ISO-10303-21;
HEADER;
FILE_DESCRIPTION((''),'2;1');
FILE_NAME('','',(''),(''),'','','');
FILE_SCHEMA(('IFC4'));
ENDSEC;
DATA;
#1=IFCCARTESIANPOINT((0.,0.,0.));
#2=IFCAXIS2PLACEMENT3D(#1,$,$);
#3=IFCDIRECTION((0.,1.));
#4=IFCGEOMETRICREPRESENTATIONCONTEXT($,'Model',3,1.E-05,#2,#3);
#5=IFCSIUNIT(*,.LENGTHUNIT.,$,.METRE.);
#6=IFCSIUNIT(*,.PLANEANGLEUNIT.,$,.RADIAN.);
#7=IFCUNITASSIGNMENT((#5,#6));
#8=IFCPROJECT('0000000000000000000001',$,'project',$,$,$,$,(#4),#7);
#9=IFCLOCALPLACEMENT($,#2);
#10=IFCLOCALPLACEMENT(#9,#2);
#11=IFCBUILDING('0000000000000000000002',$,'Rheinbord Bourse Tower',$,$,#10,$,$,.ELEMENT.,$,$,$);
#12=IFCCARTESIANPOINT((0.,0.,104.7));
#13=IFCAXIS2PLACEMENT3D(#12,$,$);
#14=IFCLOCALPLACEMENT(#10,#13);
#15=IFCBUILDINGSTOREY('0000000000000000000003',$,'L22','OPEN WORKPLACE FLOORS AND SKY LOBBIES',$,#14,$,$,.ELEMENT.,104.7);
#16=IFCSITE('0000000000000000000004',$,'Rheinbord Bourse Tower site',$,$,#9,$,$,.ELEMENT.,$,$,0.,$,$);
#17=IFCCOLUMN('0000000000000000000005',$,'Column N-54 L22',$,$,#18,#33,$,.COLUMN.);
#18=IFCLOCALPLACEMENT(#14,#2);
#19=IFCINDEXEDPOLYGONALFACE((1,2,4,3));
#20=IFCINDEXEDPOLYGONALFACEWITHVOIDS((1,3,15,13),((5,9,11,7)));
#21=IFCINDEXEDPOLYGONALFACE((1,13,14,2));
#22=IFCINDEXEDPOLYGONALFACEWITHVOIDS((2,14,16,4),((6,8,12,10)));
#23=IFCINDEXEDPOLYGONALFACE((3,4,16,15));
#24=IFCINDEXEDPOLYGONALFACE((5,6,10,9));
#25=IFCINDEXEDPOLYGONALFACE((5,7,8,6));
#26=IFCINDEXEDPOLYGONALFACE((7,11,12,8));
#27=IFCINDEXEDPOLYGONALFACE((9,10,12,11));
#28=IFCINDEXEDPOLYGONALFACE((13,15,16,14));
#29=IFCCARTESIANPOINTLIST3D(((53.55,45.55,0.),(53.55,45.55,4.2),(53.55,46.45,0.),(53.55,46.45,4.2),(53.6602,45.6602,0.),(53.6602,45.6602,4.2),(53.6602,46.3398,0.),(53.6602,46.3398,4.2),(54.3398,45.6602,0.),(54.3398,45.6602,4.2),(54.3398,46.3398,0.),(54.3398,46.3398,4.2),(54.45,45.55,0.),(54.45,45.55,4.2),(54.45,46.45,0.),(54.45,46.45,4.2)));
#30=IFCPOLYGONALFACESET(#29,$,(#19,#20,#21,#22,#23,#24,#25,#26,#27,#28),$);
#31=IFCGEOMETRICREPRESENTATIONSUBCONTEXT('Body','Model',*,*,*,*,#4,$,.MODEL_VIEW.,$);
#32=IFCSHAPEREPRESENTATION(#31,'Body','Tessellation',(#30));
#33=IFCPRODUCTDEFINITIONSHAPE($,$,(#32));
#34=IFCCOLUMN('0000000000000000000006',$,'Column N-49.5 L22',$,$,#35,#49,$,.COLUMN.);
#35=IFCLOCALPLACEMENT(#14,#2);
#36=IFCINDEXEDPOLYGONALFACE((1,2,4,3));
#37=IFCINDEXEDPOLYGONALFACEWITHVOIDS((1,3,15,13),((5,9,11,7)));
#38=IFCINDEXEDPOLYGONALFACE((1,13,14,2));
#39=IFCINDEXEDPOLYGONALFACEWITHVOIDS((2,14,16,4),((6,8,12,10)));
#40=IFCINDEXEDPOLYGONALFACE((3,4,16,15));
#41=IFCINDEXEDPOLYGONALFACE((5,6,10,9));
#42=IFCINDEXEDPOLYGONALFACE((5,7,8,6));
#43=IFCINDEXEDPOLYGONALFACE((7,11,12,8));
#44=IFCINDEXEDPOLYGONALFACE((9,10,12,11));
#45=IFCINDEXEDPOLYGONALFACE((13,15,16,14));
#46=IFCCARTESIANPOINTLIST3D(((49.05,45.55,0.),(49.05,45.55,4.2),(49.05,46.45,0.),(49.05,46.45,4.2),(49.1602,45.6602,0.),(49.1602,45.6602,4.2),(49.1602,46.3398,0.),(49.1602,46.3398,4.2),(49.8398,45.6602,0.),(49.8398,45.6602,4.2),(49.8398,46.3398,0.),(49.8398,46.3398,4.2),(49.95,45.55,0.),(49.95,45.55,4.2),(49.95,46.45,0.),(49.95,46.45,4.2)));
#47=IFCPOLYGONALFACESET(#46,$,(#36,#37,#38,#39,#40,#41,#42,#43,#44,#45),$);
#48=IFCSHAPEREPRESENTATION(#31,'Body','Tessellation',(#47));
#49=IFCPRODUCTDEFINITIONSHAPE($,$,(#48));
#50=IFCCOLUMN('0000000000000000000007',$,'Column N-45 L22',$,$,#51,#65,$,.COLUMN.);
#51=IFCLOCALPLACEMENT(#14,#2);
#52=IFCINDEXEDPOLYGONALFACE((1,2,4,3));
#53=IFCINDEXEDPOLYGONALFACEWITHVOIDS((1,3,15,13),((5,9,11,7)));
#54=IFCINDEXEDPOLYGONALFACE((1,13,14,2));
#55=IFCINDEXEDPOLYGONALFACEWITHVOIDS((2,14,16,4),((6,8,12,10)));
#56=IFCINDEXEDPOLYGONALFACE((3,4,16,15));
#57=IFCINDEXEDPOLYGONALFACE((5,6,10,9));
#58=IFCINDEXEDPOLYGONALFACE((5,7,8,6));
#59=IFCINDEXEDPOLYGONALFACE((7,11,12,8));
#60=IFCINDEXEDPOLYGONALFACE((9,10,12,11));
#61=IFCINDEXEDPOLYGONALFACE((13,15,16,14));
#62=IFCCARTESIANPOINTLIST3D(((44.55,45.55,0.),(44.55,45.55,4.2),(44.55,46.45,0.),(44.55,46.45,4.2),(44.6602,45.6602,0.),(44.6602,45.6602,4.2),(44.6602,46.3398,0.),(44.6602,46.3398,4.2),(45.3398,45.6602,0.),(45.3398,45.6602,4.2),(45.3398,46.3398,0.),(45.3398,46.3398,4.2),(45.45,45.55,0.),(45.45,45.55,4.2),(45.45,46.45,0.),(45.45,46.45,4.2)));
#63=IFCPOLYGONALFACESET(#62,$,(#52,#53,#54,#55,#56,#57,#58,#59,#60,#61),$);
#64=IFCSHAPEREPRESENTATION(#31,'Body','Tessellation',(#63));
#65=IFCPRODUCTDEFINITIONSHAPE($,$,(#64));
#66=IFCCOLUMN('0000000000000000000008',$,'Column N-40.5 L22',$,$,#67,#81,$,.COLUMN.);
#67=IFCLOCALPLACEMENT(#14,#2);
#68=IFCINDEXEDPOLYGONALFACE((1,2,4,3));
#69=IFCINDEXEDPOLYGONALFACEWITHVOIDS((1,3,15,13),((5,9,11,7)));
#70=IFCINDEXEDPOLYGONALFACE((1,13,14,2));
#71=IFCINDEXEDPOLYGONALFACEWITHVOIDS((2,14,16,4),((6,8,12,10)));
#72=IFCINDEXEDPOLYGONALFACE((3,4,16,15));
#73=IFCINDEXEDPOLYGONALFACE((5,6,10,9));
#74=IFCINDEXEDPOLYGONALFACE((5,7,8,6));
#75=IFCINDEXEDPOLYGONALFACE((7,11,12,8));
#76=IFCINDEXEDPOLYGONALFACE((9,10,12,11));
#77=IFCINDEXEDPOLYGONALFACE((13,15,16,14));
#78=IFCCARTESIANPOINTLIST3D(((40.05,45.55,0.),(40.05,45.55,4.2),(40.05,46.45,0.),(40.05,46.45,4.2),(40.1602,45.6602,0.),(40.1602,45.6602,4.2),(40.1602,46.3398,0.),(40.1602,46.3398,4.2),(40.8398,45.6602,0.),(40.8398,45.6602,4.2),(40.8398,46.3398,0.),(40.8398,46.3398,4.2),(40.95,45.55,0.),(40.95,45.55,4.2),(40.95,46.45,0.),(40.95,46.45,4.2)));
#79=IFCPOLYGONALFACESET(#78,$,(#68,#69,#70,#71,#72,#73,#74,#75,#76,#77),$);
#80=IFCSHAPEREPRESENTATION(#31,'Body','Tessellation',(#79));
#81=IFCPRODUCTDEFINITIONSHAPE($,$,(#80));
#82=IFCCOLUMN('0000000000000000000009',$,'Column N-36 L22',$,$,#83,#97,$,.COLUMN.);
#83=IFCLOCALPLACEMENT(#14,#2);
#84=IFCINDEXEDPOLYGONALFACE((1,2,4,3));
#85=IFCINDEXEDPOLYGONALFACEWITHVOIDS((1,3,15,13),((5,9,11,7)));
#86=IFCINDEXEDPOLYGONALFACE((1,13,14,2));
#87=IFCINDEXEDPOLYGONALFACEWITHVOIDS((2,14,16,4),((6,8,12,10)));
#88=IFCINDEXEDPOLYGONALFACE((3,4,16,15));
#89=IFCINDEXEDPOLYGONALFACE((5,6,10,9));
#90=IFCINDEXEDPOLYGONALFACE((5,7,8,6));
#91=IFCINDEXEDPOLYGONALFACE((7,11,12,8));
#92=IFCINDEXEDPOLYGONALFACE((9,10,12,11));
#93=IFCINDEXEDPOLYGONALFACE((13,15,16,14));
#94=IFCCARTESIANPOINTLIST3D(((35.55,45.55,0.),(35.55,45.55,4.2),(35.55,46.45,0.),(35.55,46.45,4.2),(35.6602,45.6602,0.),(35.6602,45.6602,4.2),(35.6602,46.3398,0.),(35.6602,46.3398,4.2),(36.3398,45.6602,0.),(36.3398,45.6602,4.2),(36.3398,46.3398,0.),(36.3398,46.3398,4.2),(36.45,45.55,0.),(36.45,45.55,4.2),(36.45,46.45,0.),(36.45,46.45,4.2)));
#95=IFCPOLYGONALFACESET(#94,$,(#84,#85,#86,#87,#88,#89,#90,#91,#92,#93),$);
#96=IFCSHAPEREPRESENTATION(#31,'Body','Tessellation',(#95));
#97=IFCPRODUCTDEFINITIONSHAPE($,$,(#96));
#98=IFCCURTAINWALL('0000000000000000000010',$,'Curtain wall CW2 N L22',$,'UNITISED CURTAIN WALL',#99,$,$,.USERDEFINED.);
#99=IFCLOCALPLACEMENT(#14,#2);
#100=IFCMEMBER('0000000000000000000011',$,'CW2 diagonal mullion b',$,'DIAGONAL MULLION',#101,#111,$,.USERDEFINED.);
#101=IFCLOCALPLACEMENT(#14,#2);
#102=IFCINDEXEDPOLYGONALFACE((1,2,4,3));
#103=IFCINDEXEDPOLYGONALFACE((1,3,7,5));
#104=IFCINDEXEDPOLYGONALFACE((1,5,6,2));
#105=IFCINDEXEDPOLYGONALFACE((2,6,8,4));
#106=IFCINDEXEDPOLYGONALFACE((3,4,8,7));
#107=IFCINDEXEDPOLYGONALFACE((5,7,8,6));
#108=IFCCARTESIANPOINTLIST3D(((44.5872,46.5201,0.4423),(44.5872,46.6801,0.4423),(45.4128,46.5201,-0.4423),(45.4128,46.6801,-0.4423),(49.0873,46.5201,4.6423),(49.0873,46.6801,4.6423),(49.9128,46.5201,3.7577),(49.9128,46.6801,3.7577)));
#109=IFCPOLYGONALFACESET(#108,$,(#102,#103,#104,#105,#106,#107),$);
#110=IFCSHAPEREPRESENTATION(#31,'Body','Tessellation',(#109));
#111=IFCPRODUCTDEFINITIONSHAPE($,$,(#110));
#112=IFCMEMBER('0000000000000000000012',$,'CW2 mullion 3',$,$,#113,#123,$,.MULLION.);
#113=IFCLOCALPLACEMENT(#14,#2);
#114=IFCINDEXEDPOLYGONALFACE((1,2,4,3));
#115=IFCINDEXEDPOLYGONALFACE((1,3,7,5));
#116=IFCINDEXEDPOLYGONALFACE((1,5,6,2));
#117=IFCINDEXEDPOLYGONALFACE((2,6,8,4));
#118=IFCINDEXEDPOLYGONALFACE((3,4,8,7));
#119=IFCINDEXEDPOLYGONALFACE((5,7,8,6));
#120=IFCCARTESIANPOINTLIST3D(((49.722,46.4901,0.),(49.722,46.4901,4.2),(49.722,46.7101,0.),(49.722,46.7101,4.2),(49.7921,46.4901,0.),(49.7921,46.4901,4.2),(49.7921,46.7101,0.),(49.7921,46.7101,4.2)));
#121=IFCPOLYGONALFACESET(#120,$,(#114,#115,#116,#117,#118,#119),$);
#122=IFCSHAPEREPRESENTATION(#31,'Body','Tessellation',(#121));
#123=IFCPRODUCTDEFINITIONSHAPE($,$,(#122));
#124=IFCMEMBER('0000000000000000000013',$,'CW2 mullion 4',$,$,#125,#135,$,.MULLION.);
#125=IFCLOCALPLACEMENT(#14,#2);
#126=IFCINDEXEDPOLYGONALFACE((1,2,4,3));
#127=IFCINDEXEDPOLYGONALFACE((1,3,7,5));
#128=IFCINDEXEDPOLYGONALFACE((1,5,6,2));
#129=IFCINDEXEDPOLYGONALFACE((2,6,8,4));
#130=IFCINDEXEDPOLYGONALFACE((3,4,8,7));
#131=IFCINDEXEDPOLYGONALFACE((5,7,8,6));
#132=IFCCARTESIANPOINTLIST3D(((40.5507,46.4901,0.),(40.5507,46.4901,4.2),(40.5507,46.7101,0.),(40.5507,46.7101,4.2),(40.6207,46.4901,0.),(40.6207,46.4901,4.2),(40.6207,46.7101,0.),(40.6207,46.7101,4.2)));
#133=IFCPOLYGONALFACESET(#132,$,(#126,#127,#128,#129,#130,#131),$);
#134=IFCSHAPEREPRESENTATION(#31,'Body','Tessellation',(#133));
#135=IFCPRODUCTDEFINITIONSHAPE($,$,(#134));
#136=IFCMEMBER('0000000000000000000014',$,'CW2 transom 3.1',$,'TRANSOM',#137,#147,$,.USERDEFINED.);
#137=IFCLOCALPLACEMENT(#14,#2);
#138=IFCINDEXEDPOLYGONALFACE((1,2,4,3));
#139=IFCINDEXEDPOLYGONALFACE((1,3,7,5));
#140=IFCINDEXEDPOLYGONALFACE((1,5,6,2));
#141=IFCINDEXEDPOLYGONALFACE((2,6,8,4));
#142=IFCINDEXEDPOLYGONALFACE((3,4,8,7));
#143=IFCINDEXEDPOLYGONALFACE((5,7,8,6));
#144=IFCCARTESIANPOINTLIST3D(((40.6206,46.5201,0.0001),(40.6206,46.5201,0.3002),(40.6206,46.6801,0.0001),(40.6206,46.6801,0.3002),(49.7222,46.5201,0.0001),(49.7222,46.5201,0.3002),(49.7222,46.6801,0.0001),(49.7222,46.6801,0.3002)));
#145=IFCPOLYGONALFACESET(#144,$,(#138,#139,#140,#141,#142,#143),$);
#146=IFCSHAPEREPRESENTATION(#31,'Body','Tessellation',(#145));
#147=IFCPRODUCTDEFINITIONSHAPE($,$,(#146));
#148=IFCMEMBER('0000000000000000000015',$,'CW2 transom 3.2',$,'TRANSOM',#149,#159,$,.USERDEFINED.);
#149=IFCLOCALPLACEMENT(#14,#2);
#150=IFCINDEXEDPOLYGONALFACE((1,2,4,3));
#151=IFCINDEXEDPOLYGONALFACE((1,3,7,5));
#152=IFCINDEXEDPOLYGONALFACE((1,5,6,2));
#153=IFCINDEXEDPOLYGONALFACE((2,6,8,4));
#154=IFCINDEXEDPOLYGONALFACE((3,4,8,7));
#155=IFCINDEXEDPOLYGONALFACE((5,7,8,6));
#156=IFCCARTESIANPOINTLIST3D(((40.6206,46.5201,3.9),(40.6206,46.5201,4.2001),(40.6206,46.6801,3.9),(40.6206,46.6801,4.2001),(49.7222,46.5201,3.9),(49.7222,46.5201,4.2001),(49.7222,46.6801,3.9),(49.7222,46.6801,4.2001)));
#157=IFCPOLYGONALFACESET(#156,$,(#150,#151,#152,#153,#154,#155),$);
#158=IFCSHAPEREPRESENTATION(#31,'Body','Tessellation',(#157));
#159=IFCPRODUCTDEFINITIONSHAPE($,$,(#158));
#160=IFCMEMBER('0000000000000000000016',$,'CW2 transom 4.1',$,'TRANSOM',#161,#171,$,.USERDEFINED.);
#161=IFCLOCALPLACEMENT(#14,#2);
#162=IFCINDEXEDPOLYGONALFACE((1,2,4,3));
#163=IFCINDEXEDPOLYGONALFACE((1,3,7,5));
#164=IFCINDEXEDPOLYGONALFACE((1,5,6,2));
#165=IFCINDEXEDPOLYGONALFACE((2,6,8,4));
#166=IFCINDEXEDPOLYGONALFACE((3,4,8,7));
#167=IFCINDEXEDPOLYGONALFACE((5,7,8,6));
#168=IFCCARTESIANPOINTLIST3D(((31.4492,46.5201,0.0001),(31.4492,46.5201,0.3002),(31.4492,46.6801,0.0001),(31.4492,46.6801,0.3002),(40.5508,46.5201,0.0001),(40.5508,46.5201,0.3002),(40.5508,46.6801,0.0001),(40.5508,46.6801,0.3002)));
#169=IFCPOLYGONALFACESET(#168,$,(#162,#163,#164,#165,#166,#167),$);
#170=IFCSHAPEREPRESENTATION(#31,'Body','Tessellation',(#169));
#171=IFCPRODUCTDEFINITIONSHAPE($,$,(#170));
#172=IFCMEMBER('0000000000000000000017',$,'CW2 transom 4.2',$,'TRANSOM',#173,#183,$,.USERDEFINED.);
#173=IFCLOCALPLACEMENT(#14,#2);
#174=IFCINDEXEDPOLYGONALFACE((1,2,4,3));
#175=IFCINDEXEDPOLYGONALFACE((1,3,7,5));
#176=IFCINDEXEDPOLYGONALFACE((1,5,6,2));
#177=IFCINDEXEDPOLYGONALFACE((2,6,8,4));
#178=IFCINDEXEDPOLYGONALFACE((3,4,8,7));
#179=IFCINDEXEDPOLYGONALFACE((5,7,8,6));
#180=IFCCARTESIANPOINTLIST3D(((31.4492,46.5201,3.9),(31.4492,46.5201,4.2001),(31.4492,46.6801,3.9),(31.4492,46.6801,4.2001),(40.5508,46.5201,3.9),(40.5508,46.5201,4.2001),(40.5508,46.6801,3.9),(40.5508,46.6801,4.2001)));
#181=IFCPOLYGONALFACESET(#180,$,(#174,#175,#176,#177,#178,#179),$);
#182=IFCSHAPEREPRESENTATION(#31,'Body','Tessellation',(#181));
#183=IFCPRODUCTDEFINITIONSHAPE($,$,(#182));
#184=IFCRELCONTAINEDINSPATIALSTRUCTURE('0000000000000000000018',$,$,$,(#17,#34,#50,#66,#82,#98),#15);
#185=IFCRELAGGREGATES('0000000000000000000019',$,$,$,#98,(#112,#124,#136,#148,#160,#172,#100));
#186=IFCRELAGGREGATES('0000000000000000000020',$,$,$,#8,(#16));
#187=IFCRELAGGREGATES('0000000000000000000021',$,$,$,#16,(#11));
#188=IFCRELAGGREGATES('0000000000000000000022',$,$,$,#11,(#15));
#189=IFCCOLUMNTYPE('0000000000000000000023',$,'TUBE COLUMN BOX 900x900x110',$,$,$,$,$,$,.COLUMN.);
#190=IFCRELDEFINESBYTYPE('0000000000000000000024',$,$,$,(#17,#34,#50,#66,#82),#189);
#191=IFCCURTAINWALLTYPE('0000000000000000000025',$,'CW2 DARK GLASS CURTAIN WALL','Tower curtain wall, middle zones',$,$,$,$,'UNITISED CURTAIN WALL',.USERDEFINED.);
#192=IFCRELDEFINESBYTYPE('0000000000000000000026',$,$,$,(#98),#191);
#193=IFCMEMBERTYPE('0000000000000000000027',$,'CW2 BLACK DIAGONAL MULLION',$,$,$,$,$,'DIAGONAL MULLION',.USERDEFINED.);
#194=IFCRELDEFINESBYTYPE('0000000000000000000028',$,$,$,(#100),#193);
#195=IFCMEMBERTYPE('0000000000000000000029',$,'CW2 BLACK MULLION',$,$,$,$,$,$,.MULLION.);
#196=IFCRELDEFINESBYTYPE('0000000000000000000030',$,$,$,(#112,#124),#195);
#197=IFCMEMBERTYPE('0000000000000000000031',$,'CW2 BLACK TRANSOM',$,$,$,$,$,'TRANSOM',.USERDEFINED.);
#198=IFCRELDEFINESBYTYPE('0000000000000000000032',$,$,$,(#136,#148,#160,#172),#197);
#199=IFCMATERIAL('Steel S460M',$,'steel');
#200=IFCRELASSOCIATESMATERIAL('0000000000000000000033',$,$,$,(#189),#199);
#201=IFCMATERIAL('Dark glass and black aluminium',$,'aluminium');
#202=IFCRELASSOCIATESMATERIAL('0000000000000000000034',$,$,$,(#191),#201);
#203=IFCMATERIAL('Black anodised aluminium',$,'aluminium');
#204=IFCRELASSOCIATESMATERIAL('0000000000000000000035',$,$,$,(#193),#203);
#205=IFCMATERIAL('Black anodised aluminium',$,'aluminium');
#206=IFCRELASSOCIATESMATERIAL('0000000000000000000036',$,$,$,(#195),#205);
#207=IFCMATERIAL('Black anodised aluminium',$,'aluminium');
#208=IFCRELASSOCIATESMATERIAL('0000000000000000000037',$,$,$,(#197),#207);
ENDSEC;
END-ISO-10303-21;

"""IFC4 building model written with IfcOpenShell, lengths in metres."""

from ifc_helpers import new_model, si_unit, direction, frame, origin, origin_2d, place, context, subcontext, project, spatial, rectangle, hollow_rectangle, extrude, material, material_profile, profile_set, type_object, element, aggregate, save


model = new_model("IFC4")

# Units and contexts
model_context = context("Model", 3, precision=1e-05, world=origin(), true_north=direction((0.0, 1.0)))
body_context = subcontext(model_context, "Body", "Model", "MODEL_VIEW")
ifc_project = project(units=[si_unit("LENGTHUNIT", "METRE"), si_unit("PLANEANGLEUNIT", "RADIAN")], contexts=[model_context])

# Site, building, storey
site_placement = place(None, origin())
site = spatial("IfcSite", under=ifc_project, at=site_placement, Name="Rheinbord Bourse Tower site", CompositionType="ELEMENT", RefElevation=0.0)
building_placement = place(site_placement, origin())
building = spatial("IfcBuilding", under=site, at=building_placement, Name="Rheinbord Bourse Tower", CompositionType="ELEMENT")
storey_placement = place(building_placement, frame((0.0, 0.0, 104.7)))
storey = spatial("IfcBuildingStorey", under=building, at=storey_placement, Name="L22", Description="OPEN WORKPLACE FLOORS AND SKY LOBBIES", CompositionType="ELEMENT", Elevation=104.7)

# Columns
ifc_material_1 = material(Name="Steel S460M", Category="steel")
ifc_material_profile_1 = material_profile(ifc_material_1, hollow_rectangle(XDim=0.8999, YDim=0.8999, WallThickness=0.1101, at=origin_2d()), Name="BOX 900x900x110")
ifc_profile_set_1 = profile_set([ifc_material_profile_1], Name="Steel S460M")
column_type = type_object("IfcColumnType", Name="TUBE COLUMN BOX 900x900x110", PredefinedType="COLUMN", material=ifc_profile_set_1)
for number, where, z_axis, x_axis, name in (
    (1, (54.0, 46.0, 0.0), (0.0, 0.0, 1.0), (0.0, 1.0, 0.0), "Column N-54 L22"),
    (2, (49.5, 46.0, 0.0), (0.0, 0.0, 1.0), (0.0, 1.0, 0.0), "Column N-49.5 L22"),
    (3, (45.0, 46.0, 0.0), (0.0, 0.0, 1.0), (0.0, 1.0, 0.0), "Column N-45 L22"),
    (4, (40.5, 46.0, 0.0), (0.0, 0.0, 1.0), (0.0, 1.0, 0.0), "Column N-40.5 L22"),
    (5, (36.0, 46.0, 0.0), (0.0, 0.0, 1.0), (0.0, 1.0, 0.0), "Column N-36 L22"),
):
    element("IfcColumn", number, at=place(storey_placement, frame(where, z_axis=z_axis, x_axis=x_axis)), inside=storey, type_object=column_type, Name=name, PredefinedType="COLUMN", context=body_context, shape_type="SweptSolid", body=[
        extrude(hollow_rectangle(XDim=0.8999, YDim=0.8999, WallThickness=0.1101, at=origin_2d()), origin(), (0.0, 0.0, 1.0), 4.2),
    ])

# Curtain wall, members
ifc_material_2 = material(Name="Dark glass and black aluminium", Category="aluminium")
curtain_wall_type = type_object("IfcCurtainWallType", Name="CW2 DARK GLASS CURTAIN WALL", Description="Tower curtain wall, middle zones", ElementType="UNITISED CURTAIN WALL", PredefinedType="USERDEFINED", material=ifc_material_2)
curtain_wall_placement = place(storey_placement, origin())
curtain_wall = element("IfcCurtainWall", 6, at=curtain_wall_placement, inside=storey, type_object=curtain_wall_type, Name="Curtain wall CW2 N L22", ObjectType="UNITISED CURTAIN WALL", PredefinedType="USERDEFINED")
ifc_material_3 = material(Name="Black anodised aluminium", Category="aluminium")
ifc_material_profile_2 = material_profile(ifc_material_3, rectangle(XDim=0.1599, YDim=1.21, at=origin_2d()), Name="CW2 DIAGONAL MULLION 1210x160")
ifc_profile_set_2 = profile_set([ifc_material_profile_2], Name="Black anodised aluminium")
member_type_1 = type_object("IfcMemberType", Name="CW2 BLACK DIAGONAL MULLION", ElementType="DIAGONAL MULLION", PredefinedType="USERDEFINED", material=ifc_profile_set_2)
member_1_placement = place(storey_placement, frame((45.0, 46.6001, 0.0), z_axis=(0.731059, 0.0, 0.682314), x_axis=(0.0, 1.0, 0.0)))
member_1 = element("IfcMember", 7, at=member_1_placement, type_object=member_type_1, Name="CW2 diagonal mullion b", ObjectType="DIAGONAL MULLION", PredefinedType="USERDEFINED", context=body_context, shape_type="SweptSolid", body=[
    extrude(rectangle(XDim=0.1599, YDim=1.21, at=origin_2d()), origin(), (0.0, 0.0, 1.0), 6.1555),
])
ifc_material_4 = material(Name="Black anodised aluminium", Category="aluminium")
ifc_material_profile_3 = material_profile(ifc_material_4, rectangle(XDim=0.22, YDim=0.0701, at=origin_2d()), Name="CW2 MULLION 70x220")
ifc_profile_set_3 = profile_set([ifc_material_profile_3], Name="Black anodised aluminium")
member_type_2 = type_object("IfcMemberType", Name="CW2 BLACK MULLION", PredefinedType="MULLION", material=ifc_profile_set_3)
member_2_placement = place(storey_placement, frame((49.7571, 46.6001, 0.0), z_axis=(0.0, 0.0, 1.0), x_axis=(0.0, -1.0, 0.0)))
member_2 = element("IfcMember", 8, at=member_2_placement, type_object=member_type_2, Name="CW2 mullion 3", PredefinedType="MULLION", context=body_context, shape_type="SweptSolid", body=[
    extrude(rectangle(XDim=0.22, YDim=0.0701, at=origin_2d()), origin(), (0.0, 0.0, 1.0), 4.2),
])
member_3_placement = place(storey_placement, frame((40.5857, 46.6001, 0.0), z_axis=(0.0, 0.0, 1.0), x_axis=(0.0, -1.0, 0.0)))
member_3 = element("IfcMember", 9, at=member_3_placement, type_object=member_type_2, Name="CW2 mullion 4", PredefinedType="MULLION", context=body_context, shape_type="SweptSolid", body=[
    extrude(rectangle(XDim=0.22, YDim=0.0701, at=origin_2d()), origin(), (0.0, 0.0, 1.0), 4.2),
])
ifc_material_5 = material(Name="Black anodised aluminium", Category="aluminium")
ifc_material_profile_4 = material_profile(ifc_material_5, rectangle(XDim=0.1599, YDim=0.3, at=origin_2d()), Name="CW2 TRANSOM 300x160")
ifc_profile_set_4 = profile_set([ifc_material_profile_4], Name="Black anodised aluminium")
member_type_3 = type_object("IfcMemberType", Name="CW2 BLACK TRANSOM", ElementType="TRANSOM", PredefinedType="USERDEFINED", material=ifc_profile_set_4)
member_4_placement = place(storey_placement, frame((49.7222, 46.6001, 0.1501), z_axis=(-1.0, 0.0, 0.0), x_axis=(0.0, -1.0, 0.0)))
member_4 = element("IfcMember", 10, at=member_4_placement, type_object=member_type_3, Name="CW2 transom 3.1", ObjectType="TRANSOM", PredefinedType="USERDEFINED", context=body_context, shape_type="SweptSolid", body=[
    extrude(rectangle(XDim=0.1599, YDim=0.3, at=origin_2d()), origin(), (0.0, 0.0, 1.0), 9.1016),
])
member_5_placement = place(storey_placement, frame((49.7222, 46.6001, 4.05), z_axis=(-1.0, 0.0, 0.0), x_axis=(0.0, -1.0, 0.0)))
member_5 = element("IfcMember", 11, at=member_5_placement, type_object=member_type_3, Name="CW2 transom 3.2", ObjectType="TRANSOM", PredefinedType="USERDEFINED", context=body_context, shape_type="SweptSolid", body=[
    extrude(rectangle(XDim=0.1599, YDim=0.3, at=origin_2d()), origin(), (0.0, 0.0, 1.0), 9.1016),
])
member_6_placement = place(storey_placement, frame((40.5508, 46.6001, 0.1501), z_axis=(-1.0, 0.0, 0.0), x_axis=(0.0, -1.0, 0.0)))
member_6 = element("IfcMember", 12, at=member_6_placement, type_object=member_type_3, Name="CW2 transom 4.1", ObjectType="TRANSOM", PredefinedType="USERDEFINED", context=body_context, shape_type="SweptSolid", body=[
    extrude(rectangle(XDim=0.1599, YDim=0.3, at=origin_2d()), origin(), (0.0, 0.0, 1.0), 9.1016),
])
member_7_placement = place(storey_placement, frame((40.5508, 46.6001, 4.05), z_axis=(-1.0, 0.0, 0.0), x_axis=(0.0, -1.0, 0.0)))
member_7 = element("IfcMember", 13, at=member_7_placement, type_object=member_type_3, Name="CW2 transom 4.2", ObjectType="TRANSOM", PredefinedType="USERDEFINED", context=body_context, shape_type="SweptSolid", body=[
    extrude(rectangle(XDim=0.1599, YDim=0.3, at=origin_2d()), origin(), (0.0, 0.0, 1.0), 9.1016),
])

aggregate(curtain_wall, [member_2, member_3, member_4, member_5, member_6, member_7, member_1])

save(model, "model.ifc")
